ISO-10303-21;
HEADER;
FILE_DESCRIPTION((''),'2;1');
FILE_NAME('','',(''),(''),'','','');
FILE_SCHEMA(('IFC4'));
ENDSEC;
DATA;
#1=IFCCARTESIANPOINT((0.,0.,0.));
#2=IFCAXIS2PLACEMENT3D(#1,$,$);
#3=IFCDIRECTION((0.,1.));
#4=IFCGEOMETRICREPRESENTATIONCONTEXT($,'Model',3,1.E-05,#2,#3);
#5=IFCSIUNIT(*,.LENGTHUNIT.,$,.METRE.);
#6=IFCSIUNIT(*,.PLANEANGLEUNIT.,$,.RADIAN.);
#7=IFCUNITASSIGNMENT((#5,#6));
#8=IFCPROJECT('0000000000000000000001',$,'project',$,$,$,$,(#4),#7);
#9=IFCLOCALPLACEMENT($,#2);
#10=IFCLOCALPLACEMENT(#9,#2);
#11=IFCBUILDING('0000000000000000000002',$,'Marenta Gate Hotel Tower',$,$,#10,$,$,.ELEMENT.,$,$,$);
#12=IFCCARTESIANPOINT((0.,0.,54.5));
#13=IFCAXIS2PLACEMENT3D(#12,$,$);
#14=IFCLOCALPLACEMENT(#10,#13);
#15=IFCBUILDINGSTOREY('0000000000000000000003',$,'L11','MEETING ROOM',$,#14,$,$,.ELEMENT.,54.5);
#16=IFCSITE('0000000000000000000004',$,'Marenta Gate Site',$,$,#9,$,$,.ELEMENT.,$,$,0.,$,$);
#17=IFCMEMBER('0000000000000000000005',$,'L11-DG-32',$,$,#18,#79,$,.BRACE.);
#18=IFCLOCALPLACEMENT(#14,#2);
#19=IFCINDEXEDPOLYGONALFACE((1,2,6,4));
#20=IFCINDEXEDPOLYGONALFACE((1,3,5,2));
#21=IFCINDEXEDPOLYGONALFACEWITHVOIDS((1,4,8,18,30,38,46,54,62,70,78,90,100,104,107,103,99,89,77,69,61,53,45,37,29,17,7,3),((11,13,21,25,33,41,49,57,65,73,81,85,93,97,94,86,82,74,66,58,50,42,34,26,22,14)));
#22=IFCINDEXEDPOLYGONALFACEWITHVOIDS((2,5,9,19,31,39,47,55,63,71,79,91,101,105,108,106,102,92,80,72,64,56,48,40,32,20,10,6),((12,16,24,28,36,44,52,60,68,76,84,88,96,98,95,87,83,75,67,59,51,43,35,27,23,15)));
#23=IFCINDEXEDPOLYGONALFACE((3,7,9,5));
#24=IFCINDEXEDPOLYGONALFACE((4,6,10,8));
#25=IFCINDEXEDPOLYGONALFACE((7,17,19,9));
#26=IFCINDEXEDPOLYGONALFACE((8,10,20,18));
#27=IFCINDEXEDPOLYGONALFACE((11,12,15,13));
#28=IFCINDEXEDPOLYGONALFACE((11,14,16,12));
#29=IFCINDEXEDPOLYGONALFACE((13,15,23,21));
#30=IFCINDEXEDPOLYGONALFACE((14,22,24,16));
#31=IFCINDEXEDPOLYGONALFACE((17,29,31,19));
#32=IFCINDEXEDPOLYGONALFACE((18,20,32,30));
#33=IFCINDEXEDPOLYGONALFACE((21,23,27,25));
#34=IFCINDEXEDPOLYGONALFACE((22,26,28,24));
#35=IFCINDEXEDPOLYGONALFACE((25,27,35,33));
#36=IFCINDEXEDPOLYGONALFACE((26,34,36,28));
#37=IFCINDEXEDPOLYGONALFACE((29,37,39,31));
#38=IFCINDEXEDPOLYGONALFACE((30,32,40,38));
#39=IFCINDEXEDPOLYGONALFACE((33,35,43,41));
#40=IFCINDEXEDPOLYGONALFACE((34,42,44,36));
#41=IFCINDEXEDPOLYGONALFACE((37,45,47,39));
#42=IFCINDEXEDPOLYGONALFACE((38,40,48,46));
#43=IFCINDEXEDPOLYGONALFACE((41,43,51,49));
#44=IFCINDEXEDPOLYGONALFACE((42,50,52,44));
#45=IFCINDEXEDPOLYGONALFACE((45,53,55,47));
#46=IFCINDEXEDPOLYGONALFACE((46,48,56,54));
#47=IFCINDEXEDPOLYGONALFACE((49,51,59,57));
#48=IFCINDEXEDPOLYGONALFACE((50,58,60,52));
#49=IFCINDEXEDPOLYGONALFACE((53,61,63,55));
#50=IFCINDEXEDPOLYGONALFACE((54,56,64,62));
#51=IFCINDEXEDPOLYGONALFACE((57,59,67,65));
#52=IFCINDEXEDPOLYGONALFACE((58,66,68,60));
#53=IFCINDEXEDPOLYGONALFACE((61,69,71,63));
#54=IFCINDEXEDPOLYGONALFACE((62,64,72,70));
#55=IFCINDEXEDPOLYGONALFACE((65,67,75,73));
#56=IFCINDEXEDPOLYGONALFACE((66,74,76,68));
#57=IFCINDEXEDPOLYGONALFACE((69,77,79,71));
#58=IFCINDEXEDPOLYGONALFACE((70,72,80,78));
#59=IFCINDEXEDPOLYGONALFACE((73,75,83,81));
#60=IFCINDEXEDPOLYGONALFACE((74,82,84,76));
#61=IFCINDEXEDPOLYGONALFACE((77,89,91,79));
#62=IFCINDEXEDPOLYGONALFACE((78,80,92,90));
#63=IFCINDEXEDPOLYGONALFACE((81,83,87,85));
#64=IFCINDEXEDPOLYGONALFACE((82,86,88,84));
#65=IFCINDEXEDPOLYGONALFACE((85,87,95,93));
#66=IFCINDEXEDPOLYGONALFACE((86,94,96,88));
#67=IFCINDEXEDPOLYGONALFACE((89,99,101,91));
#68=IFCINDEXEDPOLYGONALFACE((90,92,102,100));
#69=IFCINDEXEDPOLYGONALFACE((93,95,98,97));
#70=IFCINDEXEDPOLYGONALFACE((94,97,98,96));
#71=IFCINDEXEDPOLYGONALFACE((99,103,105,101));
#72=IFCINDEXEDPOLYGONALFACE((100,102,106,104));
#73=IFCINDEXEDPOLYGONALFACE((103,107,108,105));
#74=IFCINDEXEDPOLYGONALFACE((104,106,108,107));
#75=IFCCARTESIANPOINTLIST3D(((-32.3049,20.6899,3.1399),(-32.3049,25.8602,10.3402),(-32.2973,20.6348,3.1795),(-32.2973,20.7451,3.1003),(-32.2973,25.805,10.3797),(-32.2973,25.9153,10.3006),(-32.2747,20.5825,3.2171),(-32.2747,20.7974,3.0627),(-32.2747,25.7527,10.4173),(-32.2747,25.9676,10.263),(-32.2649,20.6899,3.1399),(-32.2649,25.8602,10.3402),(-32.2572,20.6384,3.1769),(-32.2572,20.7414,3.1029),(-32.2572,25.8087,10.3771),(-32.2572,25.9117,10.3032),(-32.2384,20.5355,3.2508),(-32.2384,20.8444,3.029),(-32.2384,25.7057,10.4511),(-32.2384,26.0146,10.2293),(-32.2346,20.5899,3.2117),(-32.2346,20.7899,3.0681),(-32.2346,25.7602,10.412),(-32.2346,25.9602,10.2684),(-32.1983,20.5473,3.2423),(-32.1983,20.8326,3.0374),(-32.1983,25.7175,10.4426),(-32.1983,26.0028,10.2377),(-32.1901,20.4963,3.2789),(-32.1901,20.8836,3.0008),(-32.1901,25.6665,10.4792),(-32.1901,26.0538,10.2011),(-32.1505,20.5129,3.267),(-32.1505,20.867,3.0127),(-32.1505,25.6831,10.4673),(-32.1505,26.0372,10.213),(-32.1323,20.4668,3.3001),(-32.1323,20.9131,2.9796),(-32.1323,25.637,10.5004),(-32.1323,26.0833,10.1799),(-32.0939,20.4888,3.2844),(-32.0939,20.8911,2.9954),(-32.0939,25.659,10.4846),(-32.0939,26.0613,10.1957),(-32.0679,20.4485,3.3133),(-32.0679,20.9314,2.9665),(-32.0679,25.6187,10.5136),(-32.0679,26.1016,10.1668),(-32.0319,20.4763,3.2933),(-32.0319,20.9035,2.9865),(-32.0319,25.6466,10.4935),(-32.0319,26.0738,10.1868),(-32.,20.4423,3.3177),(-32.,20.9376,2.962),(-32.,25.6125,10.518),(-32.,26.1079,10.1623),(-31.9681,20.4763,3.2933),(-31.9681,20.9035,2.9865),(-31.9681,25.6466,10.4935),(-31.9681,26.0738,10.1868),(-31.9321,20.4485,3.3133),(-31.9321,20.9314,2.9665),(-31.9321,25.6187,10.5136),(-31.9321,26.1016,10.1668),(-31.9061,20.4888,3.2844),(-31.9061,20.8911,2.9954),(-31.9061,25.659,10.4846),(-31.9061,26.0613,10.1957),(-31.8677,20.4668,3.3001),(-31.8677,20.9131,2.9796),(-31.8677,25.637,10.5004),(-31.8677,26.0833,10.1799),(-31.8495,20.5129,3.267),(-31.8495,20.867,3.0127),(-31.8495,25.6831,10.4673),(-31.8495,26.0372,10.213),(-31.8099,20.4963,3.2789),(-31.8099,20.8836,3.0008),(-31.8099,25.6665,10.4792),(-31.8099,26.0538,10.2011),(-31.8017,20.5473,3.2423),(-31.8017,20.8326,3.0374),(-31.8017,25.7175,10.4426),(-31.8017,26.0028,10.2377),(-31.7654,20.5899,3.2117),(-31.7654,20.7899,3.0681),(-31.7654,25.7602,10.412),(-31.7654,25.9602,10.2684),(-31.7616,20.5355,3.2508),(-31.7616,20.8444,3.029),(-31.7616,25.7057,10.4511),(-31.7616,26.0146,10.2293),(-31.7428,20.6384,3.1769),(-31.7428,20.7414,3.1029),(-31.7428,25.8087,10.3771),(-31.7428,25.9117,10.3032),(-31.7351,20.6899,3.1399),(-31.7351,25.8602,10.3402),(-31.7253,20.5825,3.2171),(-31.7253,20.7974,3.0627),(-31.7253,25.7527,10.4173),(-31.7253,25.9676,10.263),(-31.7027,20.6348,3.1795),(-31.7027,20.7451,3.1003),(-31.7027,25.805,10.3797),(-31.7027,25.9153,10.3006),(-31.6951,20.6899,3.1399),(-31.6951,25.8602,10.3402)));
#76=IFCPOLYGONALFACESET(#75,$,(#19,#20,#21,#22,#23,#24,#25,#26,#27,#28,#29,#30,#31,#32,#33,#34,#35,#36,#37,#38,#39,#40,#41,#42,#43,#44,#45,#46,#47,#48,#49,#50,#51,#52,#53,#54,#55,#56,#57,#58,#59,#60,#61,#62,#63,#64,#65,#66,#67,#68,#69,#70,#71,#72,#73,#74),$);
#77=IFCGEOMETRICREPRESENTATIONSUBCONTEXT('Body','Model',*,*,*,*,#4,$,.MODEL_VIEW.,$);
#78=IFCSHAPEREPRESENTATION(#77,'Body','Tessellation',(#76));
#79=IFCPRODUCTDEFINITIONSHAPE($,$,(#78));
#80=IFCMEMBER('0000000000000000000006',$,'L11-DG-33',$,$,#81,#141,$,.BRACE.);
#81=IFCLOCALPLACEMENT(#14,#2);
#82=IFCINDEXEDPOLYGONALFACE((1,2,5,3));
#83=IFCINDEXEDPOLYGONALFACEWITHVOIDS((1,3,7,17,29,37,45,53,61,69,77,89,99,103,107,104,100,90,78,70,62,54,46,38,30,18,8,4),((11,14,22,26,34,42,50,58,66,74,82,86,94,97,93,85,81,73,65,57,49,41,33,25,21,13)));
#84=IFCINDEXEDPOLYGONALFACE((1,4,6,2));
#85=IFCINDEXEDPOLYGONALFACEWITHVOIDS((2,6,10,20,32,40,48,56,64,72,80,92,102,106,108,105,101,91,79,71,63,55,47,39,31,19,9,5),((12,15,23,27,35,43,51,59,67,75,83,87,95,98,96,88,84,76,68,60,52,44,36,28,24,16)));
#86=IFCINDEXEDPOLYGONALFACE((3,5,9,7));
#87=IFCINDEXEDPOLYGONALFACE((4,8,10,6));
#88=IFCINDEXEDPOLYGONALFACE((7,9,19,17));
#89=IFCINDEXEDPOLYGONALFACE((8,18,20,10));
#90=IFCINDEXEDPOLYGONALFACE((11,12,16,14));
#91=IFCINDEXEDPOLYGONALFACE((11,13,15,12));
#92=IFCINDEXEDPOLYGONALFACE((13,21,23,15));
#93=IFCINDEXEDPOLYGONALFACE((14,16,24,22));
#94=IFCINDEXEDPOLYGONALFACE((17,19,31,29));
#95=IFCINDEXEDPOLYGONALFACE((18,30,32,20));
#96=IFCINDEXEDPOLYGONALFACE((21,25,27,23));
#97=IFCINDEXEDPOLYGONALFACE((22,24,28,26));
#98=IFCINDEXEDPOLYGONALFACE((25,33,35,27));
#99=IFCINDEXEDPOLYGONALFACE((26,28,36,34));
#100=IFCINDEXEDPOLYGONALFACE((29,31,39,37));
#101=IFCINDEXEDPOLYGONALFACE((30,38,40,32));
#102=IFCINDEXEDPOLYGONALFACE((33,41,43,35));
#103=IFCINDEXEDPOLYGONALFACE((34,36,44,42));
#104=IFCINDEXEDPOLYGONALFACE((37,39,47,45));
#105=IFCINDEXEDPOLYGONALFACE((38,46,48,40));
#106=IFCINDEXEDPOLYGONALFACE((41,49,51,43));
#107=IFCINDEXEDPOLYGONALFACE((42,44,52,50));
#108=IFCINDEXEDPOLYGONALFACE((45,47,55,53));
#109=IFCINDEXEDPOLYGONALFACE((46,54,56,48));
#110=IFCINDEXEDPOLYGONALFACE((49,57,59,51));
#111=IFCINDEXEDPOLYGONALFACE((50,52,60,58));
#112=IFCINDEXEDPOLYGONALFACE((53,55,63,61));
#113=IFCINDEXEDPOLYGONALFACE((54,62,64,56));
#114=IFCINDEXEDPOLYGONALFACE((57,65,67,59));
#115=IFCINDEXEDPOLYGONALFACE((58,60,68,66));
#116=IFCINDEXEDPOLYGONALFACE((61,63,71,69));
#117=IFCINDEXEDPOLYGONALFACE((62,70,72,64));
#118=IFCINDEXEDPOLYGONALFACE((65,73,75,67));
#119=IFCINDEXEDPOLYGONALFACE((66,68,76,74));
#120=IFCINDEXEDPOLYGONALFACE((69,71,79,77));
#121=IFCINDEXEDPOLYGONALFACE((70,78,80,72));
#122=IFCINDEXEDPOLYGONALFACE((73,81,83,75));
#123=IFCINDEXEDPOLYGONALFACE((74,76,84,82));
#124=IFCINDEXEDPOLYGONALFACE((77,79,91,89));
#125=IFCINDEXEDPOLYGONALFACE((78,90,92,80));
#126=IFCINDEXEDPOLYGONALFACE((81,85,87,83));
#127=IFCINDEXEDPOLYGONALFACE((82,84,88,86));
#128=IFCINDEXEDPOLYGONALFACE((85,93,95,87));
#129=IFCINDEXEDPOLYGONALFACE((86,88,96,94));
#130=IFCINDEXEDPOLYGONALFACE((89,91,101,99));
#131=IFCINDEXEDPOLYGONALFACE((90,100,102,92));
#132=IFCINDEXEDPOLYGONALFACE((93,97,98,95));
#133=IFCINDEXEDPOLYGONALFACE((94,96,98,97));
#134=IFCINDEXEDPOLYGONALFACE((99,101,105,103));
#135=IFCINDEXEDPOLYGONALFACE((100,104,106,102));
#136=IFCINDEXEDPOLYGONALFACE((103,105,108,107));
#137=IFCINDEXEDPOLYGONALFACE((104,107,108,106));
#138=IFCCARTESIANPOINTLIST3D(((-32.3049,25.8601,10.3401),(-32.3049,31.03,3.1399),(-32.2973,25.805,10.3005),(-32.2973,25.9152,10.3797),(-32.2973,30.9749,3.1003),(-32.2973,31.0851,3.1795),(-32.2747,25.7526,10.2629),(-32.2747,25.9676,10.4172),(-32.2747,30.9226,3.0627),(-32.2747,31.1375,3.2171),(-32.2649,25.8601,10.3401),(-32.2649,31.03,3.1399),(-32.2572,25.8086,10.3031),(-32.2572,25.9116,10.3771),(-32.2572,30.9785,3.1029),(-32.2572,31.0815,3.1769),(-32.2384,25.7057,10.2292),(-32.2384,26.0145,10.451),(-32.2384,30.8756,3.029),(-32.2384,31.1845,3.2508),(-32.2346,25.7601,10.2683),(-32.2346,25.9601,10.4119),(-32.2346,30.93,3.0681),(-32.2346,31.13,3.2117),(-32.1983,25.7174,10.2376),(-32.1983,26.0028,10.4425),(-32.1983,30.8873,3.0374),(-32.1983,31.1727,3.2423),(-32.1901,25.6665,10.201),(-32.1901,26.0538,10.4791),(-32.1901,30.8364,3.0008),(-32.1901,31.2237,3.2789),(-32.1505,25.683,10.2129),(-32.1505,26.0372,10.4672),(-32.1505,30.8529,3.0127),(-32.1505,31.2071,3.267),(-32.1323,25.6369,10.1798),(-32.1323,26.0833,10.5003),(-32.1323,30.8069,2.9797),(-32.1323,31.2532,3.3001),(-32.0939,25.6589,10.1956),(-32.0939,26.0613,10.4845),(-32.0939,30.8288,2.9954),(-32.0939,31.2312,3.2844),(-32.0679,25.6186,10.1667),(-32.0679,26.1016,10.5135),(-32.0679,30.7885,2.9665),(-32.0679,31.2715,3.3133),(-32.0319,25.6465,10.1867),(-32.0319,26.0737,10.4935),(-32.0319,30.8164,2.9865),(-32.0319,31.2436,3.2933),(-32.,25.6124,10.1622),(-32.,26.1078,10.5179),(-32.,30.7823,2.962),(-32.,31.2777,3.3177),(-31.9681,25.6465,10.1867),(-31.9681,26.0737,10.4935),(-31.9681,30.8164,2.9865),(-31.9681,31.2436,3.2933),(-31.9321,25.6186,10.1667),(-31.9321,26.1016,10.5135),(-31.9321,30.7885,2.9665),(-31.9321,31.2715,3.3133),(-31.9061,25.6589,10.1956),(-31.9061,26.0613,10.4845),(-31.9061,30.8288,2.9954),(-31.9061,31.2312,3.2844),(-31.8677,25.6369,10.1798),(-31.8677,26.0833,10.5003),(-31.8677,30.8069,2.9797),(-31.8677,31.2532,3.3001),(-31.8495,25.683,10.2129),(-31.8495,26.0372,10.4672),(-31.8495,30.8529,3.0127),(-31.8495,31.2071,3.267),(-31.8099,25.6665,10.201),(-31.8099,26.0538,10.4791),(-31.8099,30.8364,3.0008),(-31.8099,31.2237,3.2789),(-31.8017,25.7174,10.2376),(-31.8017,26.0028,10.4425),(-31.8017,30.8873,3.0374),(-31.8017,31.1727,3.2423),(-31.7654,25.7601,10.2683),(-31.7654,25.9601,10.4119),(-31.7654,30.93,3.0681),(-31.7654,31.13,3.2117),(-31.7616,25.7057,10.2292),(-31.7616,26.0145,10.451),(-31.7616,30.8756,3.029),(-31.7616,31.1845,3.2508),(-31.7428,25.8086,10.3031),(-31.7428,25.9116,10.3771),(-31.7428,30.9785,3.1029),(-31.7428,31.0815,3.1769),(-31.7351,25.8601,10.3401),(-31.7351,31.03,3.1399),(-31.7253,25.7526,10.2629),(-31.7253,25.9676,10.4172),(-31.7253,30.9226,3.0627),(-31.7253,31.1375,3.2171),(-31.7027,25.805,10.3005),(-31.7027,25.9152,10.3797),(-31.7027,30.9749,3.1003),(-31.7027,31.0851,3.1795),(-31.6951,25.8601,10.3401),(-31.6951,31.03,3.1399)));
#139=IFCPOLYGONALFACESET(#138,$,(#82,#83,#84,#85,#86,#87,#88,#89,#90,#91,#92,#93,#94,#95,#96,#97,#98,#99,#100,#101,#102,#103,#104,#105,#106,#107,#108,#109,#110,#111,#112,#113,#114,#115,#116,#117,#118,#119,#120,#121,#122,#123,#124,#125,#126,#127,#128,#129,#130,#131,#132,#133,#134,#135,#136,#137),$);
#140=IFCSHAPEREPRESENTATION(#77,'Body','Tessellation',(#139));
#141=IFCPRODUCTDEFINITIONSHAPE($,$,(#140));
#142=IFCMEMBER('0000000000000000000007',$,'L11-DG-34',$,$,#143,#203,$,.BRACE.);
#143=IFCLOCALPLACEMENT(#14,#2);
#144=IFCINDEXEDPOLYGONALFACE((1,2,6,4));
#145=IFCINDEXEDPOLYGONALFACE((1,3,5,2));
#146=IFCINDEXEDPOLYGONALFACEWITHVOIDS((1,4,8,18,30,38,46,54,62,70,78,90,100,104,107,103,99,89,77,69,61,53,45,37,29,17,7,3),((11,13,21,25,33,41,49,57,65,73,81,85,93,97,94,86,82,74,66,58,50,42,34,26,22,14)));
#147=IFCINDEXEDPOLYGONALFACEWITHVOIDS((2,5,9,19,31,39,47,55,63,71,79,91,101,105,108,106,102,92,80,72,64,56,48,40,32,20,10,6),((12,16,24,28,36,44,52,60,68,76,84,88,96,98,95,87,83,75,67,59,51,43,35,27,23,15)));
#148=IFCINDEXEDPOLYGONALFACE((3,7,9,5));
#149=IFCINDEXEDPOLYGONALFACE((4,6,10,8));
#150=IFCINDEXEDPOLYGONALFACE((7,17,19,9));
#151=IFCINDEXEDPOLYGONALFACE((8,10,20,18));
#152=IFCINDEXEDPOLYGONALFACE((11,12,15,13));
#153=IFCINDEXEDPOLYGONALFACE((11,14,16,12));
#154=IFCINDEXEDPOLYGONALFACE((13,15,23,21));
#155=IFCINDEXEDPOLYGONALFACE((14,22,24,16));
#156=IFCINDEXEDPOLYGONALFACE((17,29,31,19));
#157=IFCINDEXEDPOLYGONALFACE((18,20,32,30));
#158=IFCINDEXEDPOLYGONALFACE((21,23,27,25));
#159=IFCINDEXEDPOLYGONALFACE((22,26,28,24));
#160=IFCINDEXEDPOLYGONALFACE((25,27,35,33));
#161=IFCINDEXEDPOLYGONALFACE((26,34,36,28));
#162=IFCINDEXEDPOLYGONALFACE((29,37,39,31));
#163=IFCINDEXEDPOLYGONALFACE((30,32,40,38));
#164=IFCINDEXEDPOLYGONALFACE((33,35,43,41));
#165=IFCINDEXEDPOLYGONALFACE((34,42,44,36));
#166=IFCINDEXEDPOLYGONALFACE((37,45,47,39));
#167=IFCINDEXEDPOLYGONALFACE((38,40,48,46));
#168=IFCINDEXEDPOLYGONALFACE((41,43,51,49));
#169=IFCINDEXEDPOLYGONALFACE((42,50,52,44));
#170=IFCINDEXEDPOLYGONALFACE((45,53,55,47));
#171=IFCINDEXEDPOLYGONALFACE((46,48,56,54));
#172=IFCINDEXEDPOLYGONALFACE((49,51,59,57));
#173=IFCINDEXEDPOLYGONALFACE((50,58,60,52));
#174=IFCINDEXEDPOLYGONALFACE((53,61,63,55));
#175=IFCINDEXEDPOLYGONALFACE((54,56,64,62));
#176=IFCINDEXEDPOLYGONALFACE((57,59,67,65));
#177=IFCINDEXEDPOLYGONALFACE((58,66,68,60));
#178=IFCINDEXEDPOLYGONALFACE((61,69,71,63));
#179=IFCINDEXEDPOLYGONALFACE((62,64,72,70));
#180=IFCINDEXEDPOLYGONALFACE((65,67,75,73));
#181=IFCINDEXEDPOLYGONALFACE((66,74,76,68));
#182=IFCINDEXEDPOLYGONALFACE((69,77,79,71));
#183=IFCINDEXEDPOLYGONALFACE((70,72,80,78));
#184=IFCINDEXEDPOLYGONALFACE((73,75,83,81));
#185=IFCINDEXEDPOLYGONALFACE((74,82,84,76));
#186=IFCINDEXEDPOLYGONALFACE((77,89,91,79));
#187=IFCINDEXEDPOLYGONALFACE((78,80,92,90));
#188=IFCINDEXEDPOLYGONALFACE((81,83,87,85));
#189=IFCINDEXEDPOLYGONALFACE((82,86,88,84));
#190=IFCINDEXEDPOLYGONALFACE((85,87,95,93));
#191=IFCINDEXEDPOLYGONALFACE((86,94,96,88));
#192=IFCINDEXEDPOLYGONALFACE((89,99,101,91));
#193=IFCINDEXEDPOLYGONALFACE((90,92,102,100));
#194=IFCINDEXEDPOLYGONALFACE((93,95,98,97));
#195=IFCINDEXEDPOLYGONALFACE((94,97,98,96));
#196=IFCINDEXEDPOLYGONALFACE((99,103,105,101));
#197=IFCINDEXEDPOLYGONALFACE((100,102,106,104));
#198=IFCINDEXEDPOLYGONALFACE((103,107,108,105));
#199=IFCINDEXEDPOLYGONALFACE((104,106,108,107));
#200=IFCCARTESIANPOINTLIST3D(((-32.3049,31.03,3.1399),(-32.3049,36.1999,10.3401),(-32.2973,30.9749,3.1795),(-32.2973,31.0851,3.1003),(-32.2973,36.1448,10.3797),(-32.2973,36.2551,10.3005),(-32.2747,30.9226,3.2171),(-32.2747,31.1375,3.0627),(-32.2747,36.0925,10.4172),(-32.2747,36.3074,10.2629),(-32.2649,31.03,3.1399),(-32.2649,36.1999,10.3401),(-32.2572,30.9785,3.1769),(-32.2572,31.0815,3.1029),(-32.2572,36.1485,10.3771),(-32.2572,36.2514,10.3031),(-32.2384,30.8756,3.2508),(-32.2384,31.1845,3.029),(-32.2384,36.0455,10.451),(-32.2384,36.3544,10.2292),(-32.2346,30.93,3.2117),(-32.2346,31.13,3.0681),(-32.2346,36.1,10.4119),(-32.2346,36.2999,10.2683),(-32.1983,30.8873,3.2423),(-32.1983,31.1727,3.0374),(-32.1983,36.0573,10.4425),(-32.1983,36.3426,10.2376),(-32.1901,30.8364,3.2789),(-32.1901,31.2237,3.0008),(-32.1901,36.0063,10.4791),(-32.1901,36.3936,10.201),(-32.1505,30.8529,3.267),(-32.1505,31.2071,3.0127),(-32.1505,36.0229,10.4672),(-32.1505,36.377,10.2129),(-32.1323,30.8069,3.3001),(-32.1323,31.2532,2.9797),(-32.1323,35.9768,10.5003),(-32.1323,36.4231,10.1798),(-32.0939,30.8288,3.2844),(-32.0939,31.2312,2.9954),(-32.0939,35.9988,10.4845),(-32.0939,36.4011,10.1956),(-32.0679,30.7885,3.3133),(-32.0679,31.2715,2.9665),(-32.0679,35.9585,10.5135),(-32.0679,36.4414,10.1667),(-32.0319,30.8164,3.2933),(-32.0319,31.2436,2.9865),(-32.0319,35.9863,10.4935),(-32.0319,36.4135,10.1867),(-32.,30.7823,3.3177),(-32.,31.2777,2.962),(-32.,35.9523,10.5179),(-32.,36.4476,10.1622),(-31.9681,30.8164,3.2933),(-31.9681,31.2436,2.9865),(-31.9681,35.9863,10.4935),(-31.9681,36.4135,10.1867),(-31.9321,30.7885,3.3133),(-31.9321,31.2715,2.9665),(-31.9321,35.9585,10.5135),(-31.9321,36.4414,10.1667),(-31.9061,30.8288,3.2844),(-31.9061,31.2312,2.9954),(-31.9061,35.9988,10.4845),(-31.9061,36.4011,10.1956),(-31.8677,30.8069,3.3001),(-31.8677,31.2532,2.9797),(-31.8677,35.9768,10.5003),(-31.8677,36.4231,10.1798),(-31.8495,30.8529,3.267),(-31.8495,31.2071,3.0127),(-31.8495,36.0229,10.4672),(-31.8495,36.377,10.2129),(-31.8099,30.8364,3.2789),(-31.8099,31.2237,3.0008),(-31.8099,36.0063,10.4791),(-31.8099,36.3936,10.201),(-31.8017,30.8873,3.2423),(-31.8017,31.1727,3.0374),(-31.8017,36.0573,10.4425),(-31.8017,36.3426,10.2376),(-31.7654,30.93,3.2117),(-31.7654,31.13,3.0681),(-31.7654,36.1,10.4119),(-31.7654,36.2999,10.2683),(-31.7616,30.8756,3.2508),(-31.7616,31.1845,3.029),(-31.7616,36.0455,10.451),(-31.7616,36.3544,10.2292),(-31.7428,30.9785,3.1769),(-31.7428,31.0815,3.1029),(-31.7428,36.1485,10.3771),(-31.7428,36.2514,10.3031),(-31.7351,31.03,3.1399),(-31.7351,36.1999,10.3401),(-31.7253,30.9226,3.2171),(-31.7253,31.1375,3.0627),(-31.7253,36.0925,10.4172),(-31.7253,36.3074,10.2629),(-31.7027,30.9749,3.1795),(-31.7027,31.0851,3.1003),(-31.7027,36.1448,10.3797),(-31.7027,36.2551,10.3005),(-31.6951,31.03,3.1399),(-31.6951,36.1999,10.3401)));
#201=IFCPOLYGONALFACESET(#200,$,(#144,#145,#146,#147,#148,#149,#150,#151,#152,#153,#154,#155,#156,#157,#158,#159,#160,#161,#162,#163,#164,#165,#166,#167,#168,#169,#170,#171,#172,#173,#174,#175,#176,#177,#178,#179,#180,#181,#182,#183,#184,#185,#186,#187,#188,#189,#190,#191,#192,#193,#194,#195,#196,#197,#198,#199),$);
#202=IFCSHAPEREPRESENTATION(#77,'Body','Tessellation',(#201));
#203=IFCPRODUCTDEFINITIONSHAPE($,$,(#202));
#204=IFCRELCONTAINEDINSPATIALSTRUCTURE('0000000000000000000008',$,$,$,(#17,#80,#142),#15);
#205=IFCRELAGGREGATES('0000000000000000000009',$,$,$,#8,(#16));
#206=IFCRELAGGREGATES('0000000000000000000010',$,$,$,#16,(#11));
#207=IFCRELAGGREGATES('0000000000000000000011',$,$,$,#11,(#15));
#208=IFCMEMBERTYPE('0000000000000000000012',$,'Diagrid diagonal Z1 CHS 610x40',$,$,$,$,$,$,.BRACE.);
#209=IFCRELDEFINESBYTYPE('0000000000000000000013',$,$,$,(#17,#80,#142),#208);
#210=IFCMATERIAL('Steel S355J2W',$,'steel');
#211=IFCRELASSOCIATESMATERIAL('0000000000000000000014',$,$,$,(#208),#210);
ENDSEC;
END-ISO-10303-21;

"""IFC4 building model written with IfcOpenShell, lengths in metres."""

from ifc_helpers import new_model, si_unit, direction, frame, origin, origin_2d, place, context, subcontext, project, spatial, hollow_circle, extrude, material, material_profile, profile_set, type_object, element, save


model = new_model("IFC4")

# Units and contexts
model_context = context("Model", 3, precision=1e-05, world=origin(), true_north=direction((0.0, 1.0)))
body_context = subcontext(model_context, "Body", "Model", "MODEL_VIEW")
ifc_project = project(units=[si_unit("LENGTHUNIT", "METRE"), si_unit("PLANEANGLEUNIT", "RADIAN")], contexts=[model_context])

# Site, building, storey
site_placement = place(None, origin())
site = spatial("IfcSite", under=ifc_project, at=site_placement, Name="Marenta Gate Site", CompositionType="ELEMENT", RefElevation=0.0)
building_placement = place(site_placement, origin())
building = spatial("IfcBuilding", under=site, at=building_placement, Name="Marenta Gate Hotel Tower", CompositionType="ELEMENT")
storey_placement = place(building_placement, frame((0.0, 0.0, 54.5)))
storey = spatial("IfcBuildingStorey", under=building, at=storey_placement, Name="L11", Description="MEETING ROOM", CompositionType="ELEMENT", Elevation=54.5)

# Members
ifc_material_1 = material(Name="Steel S355J2W", Category="steel")
ifc_material_profile_1 = material_profile(ifc_material_1, hollow_circle(Radius=0.3049, WallThickness=0.04, at=origin_2d()), Name="CHS 610x40")
ifc_profile_set_1 = profile_set([ifc_material_profile_1], Name="Steel S355J2W")
member_type_1 = type_object("IfcMemberType", Name="Diagrid diagonal Z1 CHS 610x40", PredefinedType="BRACE", material=ifc_profile_set_1)
member_1_placement = place(storey_placement, frame((-32.0, 20.6899, 3.1399), z_axis=(0.0, 0.583266, 0.812281), x_axis=(-1.0, 0.0, 0.0)))
element("IfcMember", 1, at=member_1_placement, inside=storey, type_object=member_type_1, Name="L11-DG-32", PredefinedType="BRACE", context=body_context, shape_type="SweptSolid", body=[
    extrude(hollow_circle(Radius=0.3049, WallThickness=0.04, at=origin_2d()), origin(), (0.0, 0.0, 1.0), 8.8643),
])
for number, where, z_axis, x_axis, name in (
    (2, (-32.0, 31.03, 3.1399), (0.0, -0.583248, 0.812294), (1.0, 0.0, 0.0), "L11-DG-33"),
    (3, (-32.0, 31.03, 3.1399), (0.0, 0.583248, 0.812294), (-1.0, 0.0, 0.0), "L11-DG-34"),
):
    element("IfcMember", number, at=place(storey_placement, frame(where, z_axis=z_axis, x_axis=x_axis)), inside=storey, type_object=member_type_1, Name=name, PredefinedType="BRACE", context=body_context, shape_type="SweptSolid", body=[
        extrude(hollow_circle(Radius=0.3049, WallThickness=0.04, at=origin_2d()), origin(), (0.0, 0.0, 1.0), 8.864),
    ])

save(model, "model.ifc")
